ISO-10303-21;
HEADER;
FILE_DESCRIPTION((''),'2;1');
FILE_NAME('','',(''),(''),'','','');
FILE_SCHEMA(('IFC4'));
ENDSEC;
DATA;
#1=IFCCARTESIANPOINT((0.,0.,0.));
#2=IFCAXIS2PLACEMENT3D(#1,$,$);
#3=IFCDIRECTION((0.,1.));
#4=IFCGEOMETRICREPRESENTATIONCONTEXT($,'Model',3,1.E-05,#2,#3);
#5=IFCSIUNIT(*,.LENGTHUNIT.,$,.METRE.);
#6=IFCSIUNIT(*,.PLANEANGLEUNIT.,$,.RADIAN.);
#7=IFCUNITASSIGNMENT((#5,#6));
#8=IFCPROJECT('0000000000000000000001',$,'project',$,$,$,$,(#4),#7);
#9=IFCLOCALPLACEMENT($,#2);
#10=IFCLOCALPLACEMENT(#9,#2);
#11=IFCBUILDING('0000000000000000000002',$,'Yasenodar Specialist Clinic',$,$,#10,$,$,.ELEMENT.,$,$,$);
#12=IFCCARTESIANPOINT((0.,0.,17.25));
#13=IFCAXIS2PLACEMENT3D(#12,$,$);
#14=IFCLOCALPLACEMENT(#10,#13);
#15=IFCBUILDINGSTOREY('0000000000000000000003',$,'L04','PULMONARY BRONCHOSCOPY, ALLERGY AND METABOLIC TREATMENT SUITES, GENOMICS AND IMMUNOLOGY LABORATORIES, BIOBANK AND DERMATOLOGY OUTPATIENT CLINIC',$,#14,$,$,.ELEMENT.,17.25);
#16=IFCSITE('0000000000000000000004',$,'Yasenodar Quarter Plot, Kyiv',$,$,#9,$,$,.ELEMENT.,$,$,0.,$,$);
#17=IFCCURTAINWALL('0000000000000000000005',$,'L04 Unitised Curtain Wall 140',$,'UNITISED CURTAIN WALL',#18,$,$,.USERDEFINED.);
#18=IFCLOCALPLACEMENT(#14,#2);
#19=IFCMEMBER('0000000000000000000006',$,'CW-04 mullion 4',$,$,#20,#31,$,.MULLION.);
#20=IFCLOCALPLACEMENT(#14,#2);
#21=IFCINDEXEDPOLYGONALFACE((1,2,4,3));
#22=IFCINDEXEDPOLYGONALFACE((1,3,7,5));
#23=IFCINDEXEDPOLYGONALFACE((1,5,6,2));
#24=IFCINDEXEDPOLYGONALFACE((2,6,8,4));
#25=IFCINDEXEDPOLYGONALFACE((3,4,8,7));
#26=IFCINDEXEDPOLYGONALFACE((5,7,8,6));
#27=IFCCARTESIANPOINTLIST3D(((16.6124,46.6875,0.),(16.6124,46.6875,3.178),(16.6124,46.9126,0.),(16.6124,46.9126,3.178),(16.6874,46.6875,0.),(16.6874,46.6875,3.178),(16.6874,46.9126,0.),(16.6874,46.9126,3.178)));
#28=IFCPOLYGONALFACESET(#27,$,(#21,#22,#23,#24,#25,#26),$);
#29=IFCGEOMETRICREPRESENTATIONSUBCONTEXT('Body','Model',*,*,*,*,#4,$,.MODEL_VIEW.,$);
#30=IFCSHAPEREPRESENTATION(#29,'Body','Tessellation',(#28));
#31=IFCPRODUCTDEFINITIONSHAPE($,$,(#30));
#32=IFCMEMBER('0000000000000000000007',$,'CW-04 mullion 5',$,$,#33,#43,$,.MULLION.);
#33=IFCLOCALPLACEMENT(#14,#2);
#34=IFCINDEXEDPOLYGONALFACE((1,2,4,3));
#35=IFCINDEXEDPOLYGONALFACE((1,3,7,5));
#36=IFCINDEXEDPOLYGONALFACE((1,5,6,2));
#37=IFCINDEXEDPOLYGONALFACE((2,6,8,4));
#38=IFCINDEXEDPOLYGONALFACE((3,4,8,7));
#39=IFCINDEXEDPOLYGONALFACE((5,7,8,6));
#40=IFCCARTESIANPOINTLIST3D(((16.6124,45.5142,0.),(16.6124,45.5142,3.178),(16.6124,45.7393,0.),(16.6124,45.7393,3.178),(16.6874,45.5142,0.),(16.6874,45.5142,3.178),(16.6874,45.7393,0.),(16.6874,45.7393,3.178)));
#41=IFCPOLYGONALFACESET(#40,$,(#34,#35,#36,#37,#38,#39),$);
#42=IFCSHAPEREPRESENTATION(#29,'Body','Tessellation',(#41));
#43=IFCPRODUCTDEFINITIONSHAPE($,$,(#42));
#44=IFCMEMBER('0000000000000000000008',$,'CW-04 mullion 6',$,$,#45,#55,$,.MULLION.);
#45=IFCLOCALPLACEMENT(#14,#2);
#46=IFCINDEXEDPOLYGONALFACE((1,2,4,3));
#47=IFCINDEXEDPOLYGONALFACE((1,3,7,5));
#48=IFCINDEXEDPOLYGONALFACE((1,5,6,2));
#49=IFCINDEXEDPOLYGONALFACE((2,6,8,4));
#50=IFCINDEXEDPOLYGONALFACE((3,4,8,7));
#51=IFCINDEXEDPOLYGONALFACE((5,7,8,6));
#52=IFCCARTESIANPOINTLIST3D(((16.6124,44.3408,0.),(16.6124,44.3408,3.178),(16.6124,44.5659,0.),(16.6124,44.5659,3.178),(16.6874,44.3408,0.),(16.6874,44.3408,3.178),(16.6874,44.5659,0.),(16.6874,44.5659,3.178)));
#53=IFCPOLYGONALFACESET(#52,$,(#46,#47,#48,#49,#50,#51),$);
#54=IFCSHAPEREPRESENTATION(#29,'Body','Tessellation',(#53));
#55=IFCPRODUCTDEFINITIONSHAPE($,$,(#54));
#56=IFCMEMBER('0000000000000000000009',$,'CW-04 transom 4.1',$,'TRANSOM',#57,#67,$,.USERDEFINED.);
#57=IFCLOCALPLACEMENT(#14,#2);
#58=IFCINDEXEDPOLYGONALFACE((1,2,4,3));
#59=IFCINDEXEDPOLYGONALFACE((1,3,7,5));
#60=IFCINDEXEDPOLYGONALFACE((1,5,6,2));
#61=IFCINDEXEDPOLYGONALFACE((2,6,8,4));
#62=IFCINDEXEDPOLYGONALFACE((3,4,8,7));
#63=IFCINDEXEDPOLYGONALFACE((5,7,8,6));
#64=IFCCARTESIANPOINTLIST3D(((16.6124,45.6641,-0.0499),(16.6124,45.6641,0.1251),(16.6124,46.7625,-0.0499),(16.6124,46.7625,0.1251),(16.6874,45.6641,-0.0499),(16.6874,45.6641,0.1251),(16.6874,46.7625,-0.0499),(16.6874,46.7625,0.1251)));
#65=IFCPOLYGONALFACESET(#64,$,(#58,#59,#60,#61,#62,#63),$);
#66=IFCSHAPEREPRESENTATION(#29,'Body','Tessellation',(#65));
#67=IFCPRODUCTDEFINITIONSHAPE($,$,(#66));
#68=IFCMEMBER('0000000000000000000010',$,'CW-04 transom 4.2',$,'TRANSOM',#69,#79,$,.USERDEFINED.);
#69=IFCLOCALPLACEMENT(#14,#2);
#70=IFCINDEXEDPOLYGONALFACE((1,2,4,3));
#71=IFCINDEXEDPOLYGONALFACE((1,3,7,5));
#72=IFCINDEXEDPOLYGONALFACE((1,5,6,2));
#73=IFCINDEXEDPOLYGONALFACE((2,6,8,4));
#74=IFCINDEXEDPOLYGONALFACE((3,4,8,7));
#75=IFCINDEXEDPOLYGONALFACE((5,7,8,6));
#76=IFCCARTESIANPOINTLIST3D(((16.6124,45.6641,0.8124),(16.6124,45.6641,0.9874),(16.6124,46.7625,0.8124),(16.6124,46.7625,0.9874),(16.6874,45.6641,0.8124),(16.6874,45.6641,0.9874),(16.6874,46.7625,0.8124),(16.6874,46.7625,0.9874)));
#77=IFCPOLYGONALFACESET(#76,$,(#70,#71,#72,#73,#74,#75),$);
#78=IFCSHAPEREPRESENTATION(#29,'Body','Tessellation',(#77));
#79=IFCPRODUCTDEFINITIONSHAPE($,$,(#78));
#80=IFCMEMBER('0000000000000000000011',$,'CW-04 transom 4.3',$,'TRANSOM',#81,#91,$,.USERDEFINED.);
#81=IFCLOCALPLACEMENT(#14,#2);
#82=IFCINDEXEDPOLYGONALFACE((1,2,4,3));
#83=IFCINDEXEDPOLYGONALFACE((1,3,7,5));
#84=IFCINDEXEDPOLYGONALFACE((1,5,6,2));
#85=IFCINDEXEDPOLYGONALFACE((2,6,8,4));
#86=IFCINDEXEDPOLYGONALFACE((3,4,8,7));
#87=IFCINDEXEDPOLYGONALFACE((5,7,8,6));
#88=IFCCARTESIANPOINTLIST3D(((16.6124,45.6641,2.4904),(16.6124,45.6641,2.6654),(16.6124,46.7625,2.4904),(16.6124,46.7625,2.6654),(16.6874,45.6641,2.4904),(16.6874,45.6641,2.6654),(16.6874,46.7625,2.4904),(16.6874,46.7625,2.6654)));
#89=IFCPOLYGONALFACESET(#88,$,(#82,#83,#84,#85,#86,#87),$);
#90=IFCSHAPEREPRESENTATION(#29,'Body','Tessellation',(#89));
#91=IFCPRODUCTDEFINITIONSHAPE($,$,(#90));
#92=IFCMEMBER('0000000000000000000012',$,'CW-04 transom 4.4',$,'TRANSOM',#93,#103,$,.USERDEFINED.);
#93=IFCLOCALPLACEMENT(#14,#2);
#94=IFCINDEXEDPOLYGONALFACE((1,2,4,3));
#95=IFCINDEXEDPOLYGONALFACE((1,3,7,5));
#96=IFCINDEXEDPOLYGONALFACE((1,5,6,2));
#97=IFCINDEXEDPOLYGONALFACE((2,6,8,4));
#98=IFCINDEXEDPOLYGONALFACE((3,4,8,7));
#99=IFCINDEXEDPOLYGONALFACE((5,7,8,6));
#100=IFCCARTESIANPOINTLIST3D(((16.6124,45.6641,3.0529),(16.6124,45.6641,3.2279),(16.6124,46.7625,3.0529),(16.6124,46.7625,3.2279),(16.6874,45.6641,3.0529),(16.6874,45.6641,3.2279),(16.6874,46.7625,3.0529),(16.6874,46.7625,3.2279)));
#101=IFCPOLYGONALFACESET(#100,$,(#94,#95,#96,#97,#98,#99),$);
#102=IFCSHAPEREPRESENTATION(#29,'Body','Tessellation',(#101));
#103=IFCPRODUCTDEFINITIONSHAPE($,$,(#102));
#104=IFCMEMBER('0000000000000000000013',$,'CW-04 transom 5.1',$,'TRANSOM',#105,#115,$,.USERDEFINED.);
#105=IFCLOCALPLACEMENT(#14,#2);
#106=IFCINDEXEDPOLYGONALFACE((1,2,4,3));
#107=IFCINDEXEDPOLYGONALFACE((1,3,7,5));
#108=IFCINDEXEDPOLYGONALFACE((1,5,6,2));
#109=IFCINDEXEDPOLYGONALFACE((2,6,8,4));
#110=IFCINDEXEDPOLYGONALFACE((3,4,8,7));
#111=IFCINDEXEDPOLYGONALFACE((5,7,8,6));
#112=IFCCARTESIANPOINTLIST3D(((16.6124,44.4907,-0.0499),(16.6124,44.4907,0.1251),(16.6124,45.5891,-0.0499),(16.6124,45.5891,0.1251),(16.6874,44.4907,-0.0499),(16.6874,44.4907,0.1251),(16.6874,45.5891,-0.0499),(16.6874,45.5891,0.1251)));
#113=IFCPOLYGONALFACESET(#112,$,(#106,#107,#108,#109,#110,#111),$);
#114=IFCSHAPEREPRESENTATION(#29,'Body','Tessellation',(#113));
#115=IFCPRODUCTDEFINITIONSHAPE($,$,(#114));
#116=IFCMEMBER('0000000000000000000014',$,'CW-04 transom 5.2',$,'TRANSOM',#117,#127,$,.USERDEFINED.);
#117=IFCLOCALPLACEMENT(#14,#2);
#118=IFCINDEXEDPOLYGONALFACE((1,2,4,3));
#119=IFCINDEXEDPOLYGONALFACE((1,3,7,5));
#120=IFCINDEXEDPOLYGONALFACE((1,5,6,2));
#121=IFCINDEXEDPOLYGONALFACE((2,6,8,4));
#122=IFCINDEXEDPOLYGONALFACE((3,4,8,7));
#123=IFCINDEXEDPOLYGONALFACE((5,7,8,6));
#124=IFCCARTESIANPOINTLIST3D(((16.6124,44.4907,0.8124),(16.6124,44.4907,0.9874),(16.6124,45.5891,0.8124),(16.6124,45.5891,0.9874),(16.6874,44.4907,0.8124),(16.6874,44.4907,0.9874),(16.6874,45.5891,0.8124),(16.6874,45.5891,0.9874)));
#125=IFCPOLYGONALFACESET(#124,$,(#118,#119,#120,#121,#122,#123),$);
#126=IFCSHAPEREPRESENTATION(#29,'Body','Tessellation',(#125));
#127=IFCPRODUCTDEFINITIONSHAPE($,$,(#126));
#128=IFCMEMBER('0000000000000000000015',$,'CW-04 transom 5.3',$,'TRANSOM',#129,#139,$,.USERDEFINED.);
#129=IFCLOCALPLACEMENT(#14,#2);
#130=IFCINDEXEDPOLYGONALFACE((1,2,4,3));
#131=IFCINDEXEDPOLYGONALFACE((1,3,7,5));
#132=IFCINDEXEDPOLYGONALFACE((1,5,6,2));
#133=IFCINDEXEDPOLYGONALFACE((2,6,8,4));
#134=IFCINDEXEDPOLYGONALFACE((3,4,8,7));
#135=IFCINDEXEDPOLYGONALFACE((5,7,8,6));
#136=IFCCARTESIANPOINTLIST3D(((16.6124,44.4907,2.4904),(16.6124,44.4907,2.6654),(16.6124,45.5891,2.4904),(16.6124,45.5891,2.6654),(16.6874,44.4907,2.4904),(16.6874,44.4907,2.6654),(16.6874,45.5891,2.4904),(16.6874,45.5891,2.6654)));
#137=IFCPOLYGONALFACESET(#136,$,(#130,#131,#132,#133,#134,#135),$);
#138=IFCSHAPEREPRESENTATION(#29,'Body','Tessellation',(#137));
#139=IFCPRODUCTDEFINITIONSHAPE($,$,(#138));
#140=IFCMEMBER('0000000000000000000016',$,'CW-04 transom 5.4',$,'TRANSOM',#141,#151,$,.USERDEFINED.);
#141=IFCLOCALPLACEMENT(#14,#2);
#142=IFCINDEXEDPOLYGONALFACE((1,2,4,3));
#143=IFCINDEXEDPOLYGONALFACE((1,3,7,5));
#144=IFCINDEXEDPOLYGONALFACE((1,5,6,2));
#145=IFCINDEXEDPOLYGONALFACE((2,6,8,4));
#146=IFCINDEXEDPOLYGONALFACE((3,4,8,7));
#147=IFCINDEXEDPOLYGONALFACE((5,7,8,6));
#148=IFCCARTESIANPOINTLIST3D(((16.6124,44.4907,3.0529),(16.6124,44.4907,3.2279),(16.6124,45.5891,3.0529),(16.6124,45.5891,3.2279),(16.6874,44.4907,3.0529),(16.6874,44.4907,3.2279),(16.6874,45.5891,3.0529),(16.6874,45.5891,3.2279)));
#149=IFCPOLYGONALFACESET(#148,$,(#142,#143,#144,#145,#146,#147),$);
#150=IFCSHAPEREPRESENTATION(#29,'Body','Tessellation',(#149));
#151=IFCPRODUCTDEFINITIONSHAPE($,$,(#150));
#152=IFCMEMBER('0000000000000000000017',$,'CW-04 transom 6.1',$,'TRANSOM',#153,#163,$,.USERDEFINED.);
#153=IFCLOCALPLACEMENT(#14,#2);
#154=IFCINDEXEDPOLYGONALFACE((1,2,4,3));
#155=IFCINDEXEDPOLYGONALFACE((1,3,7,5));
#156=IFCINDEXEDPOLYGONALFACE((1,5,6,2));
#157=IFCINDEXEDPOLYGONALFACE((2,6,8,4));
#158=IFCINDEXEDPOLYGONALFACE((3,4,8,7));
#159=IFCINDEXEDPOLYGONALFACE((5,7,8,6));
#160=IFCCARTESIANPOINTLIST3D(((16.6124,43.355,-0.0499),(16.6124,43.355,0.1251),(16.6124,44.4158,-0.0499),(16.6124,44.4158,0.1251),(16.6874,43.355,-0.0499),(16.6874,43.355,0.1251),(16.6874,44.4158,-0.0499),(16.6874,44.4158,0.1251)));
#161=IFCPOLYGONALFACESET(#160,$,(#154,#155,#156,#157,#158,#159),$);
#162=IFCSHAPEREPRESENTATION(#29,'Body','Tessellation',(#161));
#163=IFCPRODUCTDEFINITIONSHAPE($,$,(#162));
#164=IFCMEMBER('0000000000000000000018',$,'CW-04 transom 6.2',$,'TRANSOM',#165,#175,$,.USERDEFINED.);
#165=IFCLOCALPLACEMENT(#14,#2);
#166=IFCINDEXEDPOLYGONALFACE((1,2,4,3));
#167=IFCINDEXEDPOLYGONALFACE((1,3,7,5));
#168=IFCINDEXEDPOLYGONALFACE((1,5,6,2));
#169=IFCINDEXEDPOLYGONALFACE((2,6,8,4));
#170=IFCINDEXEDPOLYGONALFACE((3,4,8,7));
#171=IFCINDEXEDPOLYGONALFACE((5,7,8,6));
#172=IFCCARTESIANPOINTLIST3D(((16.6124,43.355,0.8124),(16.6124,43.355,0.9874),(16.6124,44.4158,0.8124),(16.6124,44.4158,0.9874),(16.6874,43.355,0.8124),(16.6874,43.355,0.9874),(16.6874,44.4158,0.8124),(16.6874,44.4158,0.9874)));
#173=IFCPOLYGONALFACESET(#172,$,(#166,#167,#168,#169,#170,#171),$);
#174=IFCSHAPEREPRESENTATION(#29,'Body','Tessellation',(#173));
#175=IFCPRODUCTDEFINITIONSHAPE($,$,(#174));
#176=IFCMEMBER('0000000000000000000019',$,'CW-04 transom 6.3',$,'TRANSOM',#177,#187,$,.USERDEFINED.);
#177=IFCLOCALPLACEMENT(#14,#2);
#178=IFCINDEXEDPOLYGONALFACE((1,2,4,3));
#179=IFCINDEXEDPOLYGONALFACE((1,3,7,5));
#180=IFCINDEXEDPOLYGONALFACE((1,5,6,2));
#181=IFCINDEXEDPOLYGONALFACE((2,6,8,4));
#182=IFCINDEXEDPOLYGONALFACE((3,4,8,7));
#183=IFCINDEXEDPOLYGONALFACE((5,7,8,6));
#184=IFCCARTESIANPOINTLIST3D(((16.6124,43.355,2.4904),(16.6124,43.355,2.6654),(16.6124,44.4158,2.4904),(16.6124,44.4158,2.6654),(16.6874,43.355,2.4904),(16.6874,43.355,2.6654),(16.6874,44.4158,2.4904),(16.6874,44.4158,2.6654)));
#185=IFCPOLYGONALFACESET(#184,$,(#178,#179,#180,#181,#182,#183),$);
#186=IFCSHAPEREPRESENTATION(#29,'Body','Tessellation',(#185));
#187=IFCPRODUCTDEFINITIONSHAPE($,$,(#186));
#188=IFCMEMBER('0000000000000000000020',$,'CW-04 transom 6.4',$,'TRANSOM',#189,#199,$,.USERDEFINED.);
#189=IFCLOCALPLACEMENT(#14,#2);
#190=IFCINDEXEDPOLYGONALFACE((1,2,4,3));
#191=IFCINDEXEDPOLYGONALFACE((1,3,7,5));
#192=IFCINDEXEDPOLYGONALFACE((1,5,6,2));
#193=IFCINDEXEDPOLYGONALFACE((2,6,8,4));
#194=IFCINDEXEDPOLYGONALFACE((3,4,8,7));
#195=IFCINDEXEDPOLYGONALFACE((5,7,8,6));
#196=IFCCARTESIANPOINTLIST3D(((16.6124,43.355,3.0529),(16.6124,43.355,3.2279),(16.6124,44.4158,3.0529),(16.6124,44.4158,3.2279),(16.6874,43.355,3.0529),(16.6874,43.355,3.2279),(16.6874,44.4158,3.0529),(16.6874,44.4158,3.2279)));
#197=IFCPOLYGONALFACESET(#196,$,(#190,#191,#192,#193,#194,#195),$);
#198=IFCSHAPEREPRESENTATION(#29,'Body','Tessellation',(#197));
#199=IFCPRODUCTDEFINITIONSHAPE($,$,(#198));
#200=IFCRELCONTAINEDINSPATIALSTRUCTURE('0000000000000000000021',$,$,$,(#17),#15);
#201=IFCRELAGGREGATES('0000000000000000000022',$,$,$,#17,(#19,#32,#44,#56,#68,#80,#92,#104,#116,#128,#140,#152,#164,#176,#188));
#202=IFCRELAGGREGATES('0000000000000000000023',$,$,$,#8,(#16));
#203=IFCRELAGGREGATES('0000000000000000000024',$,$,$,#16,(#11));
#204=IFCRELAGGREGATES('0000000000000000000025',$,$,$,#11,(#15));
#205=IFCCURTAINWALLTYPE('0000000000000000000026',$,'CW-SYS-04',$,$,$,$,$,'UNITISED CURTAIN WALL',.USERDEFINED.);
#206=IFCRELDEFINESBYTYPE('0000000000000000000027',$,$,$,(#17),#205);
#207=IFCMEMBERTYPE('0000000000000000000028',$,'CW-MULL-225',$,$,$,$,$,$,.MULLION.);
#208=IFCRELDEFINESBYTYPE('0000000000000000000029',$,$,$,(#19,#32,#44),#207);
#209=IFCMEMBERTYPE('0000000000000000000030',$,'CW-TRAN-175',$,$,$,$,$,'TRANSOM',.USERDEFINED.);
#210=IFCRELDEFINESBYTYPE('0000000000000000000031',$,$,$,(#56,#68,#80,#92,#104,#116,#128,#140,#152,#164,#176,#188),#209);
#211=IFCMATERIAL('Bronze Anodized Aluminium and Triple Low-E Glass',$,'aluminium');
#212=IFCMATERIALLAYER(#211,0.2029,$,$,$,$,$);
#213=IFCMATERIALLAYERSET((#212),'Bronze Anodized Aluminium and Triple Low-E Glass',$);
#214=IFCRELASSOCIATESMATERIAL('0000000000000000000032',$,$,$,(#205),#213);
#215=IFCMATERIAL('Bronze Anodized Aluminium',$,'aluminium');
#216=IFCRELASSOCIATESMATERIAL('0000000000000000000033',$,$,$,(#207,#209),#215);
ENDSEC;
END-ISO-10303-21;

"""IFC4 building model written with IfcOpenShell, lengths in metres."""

from ifc_helpers import new_model, si_unit, direction, frame, origin, origin_2d, place, context, subcontext, project, spatial, rectangle, extrude, material, layer, layer_set, material_profile, profile_set, type_object, element, aggregate, save


model = new_model("IFC4")

# Units and contexts
model_context = context("Model", 3, precision=1e-05, world=origin(), true_north=direction((0.0, 1.0)))
body_context = subcontext(model_context, "Body", "Model", "MODEL_VIEW")
ifc_project = project(units=[si_unit("LENGTHUNIT", "METRE"), si_unit("PLANEANGLEUNIT", "RADIAN")], contexts=[model_context])

# Site, building, storey
site_placement = place(None, origin())
site = spatial("IfcSite", under=ifc_project, at=site_placement, Name="Yasenodar Quarter Plot, Kyiv", CompositionType="ELEMENT", RefElevation=0.0)
building_placement = place(site_placement, origin())
building = spatial("IfcBuilding", under=site, at=building_placement, Name="Yasenodar Specialist Clinic", CompositionType="ELEMENT")
storey_placement = place(building_placement, frame((0.0, 0.0, 17.25)))
storey = spatial("IfcBuildingStorey", under=building, at=storey_placement, Name="L04", Description="PULMONARY BRONCHOSCOPY, ALLERGY AND METABOLIC TREATMENT SUITES, GENOMICS AND IMMUNOLOGY LABORATORIES, BIOBANK AND DERMATOLOGY OUTPATIENT CLINIC", CompositionType="ELEMENT", Elevation=17.25)

# Curtain wall, members
ifc_material_1 = material(Name="Bronze Anodized Aluminium and Triple Low-E Glass", Category="aluminium")
ifc_layer_1 = layer(ifc_material_1, 0.2029)
ifc_layer_set_1 = layer_set([ifc_layer_1], Name="Bronze Anodized Aluminium and Triple Low-E Glass")
curtain_wall_type = type_object("IfcCurtainWallType", Name="CW-SYS-04", ElementType="UNITISED CURTAIN WALL", PredefinedType="USERDEFINED", material=ifc_layer_set_1)
curtain_wall_placement = place(storey_placement, origin())
curtain_wall = element("IfcCurtainWall", 1, at=curtain_wall_placement, inside=storey, type_object=curtain_wall_type, Name="L04 Unitised Curtain Wall 140", ObjectType="UNITISED CURTAIN WALL", PredefinedType="USERDEFINED")
ifc_material_2 = material(Name="Bronze Anodized Aluminium", Category="aluminium")
ifc_material_profile_1 = material_profile(ifc_material_2, rectangle(XDim=0.075, YDim=0.2251, at=origin_2d()), Name="CW-MULL 75x225")
ifc_profile_set_1 = profile_set([ifc_material_profile_1], Name="Bronze Anodized Aluminium")
member_type_1 = type_object("IfcMemberType", Name="CW-MULL-225", PredefinedType="MULLION", material=ifc_profile_set_1)
member_1_placement = place(storey_placement, frame((16.6499, 46.8, 0.0), z_axis=(0.0, 0.0, 1.0), x_axis=(1.0, 0.0, 0.0)))
member_1 = element("IfcMember", 2, at=member_1_placement, type_object=member_type_1, Name="CW-04 mullion 4", PredefinedType="MULLION", context=body_context, shape_type="SweptSolid", body=[
    extrude(rectangle(XDim=0.075, YDim=0.2251, at=origin_2d()), origin(), (0.0, 0.0, 1.0), 3.178),
])
member_2_placement = place(storey_placement, frame((16.6499, 45.6267, 0.0), z_axis=(0.0, 0.0, 1.0), x_axis=(1.0, 0.0, 0.0)))
member_2 = element("IfcMember", 3, at=member_2_placement, type_object=member_type_1, Name="CW-04 mullion 5", PredefinedType="MULLION", context=body_context, shape_type="SweptSolid", body=[
    extrude(rectangle(XDim=0.075, YDim=0.2251, at=origin_2d()), origin(), (0.0, 0.0, 1.0), 3.178),
])
member_3_placement = place(storey_placement, frame((16.6499, 44.4534, 0.0), z_axis=(0.0, 0.0, 1.0), x_axis=(1.0, 0.0, 0.0)))
member_3 = element("IfcMember", 4, at=member_3_placement, type_object=member_type_1, Name="CW-04 mullion 6", PredefinedType="MULLION", context=body_context, shape_type="SweptSolid", body=[
    extrude(rectangle(XDim=0.075, YDim=0.2251, at=origin_2d()), origin(), (0.0, 0.0, 1.0), 3.178),
])
ifc_material_profile_2 = material_profile(ifc_material_2, rectangle(XDim=0.075, YDim=0.175, at=origin_2d()), Name="CW-TRAN 75x175")
ifc_profile_set_2 = profile_set([ifc_material_profile_2], Name="Bronze Anodized Aluminium")
member_type_2 = type_object("IfcMemberType", Name="CW-TRAN-175", ElementType="TRANSOM", PredefinedType="USERDEFINED", material=ifc_profile_set_2)
member_4_placement = place(storey_placement, frame((16.6499, 46.7625, 0.0376), z_axis=(0.0, -1.0, 0.0), x_axis=(1.0, 0.0, 0.0)))
member_4 = element("IfcMember", 5, at=member_4_placement, type_object=member_type_2, Name="CW-04 transom 4.1", ObjectType="TRANSOM", PredefinedType="USERDEFINED", context=body_context, shape_type="SweptSolid", body=[
    extrude(rectangle(XDim=0.075, YDim=0.175, at=origin_2d()), origin(), (0.0, 0.0, 1.0), 1.0984),
])
member_5_placement = place(storey_placement, frame((16.6499, 46.7625, 0.8999), z_axis=(0.0, -1.0, 0.0), x_axis=(1.0, 0.0, 0.0)))
member_5 = element("IfcMember", 6, at=member_5_placement, type_object=member_type_2, Name="CW-04 transom 4.2", ObjectType="TRANSOM", PredefinedType="USERDEFINED", context=body_context, shape_type="SweptSolid", body=[
    extrude(rectangle(XDim=0.075, YDim=0.175, at=origin_2d()), origin(), (0.0, 0.0, 1.0), 1.0984),
])
member_6_placement = place(storey_placement, frame((16.6499, 46.7625, 2.5779), z_axis=(0.0, -1.0, 0.0), x_axis=(1.0, 0.0, 0.0)))
member_6 = element("IfcMember", 7, at=member_6_placement, type_object=member_type_2, Name="CW-04 transom 4.3", ObjectType="TRANSOM", PredefinedType="USERDEFINED", context=body_context, shape_type="SweptSolid", body=[
    extrude(rectangle(XDim=0.075, YDim=0.175, at=origin_2d()), origin(), (0.0, 0.0, 1.0), 1.0984),
])
member_7_placement = place(storey_placement, frame((16.6499, 46.7625, 3.1404), z_axis=(0.0, -1.0, 0.0), x_axis=(1.0, 0.0, 0.0)))
member_7 = element("IfcMember", 8, at=member_7_placement, type_object=member_type_2, Name="CW-04 transom 4.4", ObjectType="TRANSOM", PredefinedType="USERDEFINED", context=body_context, shape_type="SweptSolid", body=[
    extrude(rectangle(XDim=0.075, YDim=0.175, at=origin_2d()), origin(), (0.0, 0.0, 1.0), 1.0984),
])
member_8_placement = place(storey_placement, frame((16.6499, 45.5891, 0.0376), z_axis=(0.0, -1.0, 0.0), x_axis=(1.0, 0.0, 0.0)))
member_8 = element("IfcMember", 9, at=member_8_placement, type_object=member_type_2, Name="CW-04 transom 5.1", ObjectType="TRANSOM", PredefinedType="USERDEFINED", context=body_context, shape_type="SweptSolid", body=[
    extrude(rectangle(XDim=0.075, YDim=0.175, at=origin_2d()), origin(), (0.0, 0.0, 1.0), 1.0984),
])
member_9_placement = place(storey_placement, frame((16.6499, 45.5891, 0.8999), z_axis=(0.0, -1.0, 0.0), x_axis=(1.0, 0.0, 0.0)))
member_9 = element("IfcMember", 10, at=member_9_placement, type_object=member_type_2, Name="CW-04 transom 5.2", ObjectType="TRANSOM", PredefinedType="USERDEFINED", context=body_context, shape_type="SweptSolid", body=[
    extrude(rectangle(XDim=0.075, YDim=0.175, at=origin_2d()), origin(), (0.0, 0.0, 1.0), 1.0984),
])
member_10_placement = place(storey_placement, frame((16.6499, 45.5891, 2.5779), z_axis=(0.0, -1.0, 0.0), x_axis=(1.0, 0.0, 0.0)))
member_10 = element("IfcMember", 11, at=member_10_placement, type_object=member_type_2, Name="CW-04 transom 5.3", ObjectType="TRANSOM", PredefinedType="USERDEFINED", context=body_context, shape_type="SweptSolid", body=[
    extrude(rectangle(XDim=0.075, YDim=0.175, at=origin_2d()), origin(), (0.0, 0.0, 1.0), 1.0984),
])
member_11_placement = place(storey_placement, frame((16.6499, 45.5891, 3.1404), z_axis=(0.0, -1.0, 0.0), x_axis=(1.0, 0.0, 0.0)))
member_11 = element("IfcMember", 12, at=member_11_placement, type_object=member_type_2, Name="CW-04 transom 5.4", ObjectType="TRANSOM", PredefinedType="USERDEFINED", context=body_context, shape_type="SweptSolid", body=[
    extrude(rectangle(XDim=0.075, YDim=0.175, at=origin_2d()), origin(), (0.0, 0.0, 1.0), 1.0984),
])
member_12_placement = place(storey_placement, frame((16.6499, 44.4158, 0.0376), z_axis=(0.0, -1.0, 0.0), x_axis=(1.0, 0.0, 0.0)))
member_12 = element("IfcMember", 13, at=member_12_placement, type_object=member_type_2, Name="CW-04 transom 6.1", ObjectType="TRANSOM", PredefinedType="USERDEFINED", context=body_context, shape_type="SweptSolid", body=[
    extrude(rectangle(XDim=0.075, YDim=0.175, at=origin_2d()), origin(), (0.0, 0.0, 1.0), 1.0608),
])
member_13_placement = place(storey_placement, frame((16.6499, 44.4158, 0.8999), z_axis=(0.0, -1.0, 0.0), x_axis=(1.0, 0.0, 0.0)))
member_13 = element("IfcMember", 14, at=member_13_placement, type_object=member_type_2, Name="CW-04 transom 6.2", ObjectType="TRANSOM", PredefinedType="USERDEFINED", context=body_context, shape_type="SweptSolid", body=[
    extrude(rectangle(XDim=0.075, YDim=0.175, at=origin_2d()), origin(), (0.0, 0.0, 1.0), 1.0608),
])
member_14_placement = place(storey_placement, frame((16.6499, 44.4158, 2.5779), z_axis=(0.0, -1.0, 0.0), x_axis=(1.0, 0.0, 0.0)))
member_14 = element("IfcMember", 15, at=member_14_placement, type_object=member_type_2, Name="CW-04 transom 6.3", ObjectType="TRANSOM", PredefinedType="USERDEFINED", context=body_context, shape_type="SweptSolid", body=[
    extrude(rectangle(XDim=0.075, YDim=0.175, at=origin_2d()), origin(), (0.0, 0.0, 1.0), 1.0608),
])
member_15_placement = place(storey_placement, frame((16.6499, 44.4158, 3.1404), z_axis=(0.0, -1.0, 0.0), x_axis=(1.0, 0.0, 0.0)))
member_15 = element("IfcMember", 16, at=member_15_placement, type_object=member_type_2, Name="CW-04 transom 6.4", ObjectType="TRANSOM", PredefinedType="USERDEFINED", context=body_context, shape_type="SweptSolid", body=[
    extrude(rectangle(XDim=0.075, YDim=0.175, at=origin_2d()), origin(), (0.0, 0.0, 1.0), 1.0608),
])
aggregate(curtain_wall, [member_1, member_2, member_3, member_4, member_5, member_6, member_7, member_8, member_9, member_10, member_11, member_12, member_13, member_14, member_15])

save(model, "model.ifc")
